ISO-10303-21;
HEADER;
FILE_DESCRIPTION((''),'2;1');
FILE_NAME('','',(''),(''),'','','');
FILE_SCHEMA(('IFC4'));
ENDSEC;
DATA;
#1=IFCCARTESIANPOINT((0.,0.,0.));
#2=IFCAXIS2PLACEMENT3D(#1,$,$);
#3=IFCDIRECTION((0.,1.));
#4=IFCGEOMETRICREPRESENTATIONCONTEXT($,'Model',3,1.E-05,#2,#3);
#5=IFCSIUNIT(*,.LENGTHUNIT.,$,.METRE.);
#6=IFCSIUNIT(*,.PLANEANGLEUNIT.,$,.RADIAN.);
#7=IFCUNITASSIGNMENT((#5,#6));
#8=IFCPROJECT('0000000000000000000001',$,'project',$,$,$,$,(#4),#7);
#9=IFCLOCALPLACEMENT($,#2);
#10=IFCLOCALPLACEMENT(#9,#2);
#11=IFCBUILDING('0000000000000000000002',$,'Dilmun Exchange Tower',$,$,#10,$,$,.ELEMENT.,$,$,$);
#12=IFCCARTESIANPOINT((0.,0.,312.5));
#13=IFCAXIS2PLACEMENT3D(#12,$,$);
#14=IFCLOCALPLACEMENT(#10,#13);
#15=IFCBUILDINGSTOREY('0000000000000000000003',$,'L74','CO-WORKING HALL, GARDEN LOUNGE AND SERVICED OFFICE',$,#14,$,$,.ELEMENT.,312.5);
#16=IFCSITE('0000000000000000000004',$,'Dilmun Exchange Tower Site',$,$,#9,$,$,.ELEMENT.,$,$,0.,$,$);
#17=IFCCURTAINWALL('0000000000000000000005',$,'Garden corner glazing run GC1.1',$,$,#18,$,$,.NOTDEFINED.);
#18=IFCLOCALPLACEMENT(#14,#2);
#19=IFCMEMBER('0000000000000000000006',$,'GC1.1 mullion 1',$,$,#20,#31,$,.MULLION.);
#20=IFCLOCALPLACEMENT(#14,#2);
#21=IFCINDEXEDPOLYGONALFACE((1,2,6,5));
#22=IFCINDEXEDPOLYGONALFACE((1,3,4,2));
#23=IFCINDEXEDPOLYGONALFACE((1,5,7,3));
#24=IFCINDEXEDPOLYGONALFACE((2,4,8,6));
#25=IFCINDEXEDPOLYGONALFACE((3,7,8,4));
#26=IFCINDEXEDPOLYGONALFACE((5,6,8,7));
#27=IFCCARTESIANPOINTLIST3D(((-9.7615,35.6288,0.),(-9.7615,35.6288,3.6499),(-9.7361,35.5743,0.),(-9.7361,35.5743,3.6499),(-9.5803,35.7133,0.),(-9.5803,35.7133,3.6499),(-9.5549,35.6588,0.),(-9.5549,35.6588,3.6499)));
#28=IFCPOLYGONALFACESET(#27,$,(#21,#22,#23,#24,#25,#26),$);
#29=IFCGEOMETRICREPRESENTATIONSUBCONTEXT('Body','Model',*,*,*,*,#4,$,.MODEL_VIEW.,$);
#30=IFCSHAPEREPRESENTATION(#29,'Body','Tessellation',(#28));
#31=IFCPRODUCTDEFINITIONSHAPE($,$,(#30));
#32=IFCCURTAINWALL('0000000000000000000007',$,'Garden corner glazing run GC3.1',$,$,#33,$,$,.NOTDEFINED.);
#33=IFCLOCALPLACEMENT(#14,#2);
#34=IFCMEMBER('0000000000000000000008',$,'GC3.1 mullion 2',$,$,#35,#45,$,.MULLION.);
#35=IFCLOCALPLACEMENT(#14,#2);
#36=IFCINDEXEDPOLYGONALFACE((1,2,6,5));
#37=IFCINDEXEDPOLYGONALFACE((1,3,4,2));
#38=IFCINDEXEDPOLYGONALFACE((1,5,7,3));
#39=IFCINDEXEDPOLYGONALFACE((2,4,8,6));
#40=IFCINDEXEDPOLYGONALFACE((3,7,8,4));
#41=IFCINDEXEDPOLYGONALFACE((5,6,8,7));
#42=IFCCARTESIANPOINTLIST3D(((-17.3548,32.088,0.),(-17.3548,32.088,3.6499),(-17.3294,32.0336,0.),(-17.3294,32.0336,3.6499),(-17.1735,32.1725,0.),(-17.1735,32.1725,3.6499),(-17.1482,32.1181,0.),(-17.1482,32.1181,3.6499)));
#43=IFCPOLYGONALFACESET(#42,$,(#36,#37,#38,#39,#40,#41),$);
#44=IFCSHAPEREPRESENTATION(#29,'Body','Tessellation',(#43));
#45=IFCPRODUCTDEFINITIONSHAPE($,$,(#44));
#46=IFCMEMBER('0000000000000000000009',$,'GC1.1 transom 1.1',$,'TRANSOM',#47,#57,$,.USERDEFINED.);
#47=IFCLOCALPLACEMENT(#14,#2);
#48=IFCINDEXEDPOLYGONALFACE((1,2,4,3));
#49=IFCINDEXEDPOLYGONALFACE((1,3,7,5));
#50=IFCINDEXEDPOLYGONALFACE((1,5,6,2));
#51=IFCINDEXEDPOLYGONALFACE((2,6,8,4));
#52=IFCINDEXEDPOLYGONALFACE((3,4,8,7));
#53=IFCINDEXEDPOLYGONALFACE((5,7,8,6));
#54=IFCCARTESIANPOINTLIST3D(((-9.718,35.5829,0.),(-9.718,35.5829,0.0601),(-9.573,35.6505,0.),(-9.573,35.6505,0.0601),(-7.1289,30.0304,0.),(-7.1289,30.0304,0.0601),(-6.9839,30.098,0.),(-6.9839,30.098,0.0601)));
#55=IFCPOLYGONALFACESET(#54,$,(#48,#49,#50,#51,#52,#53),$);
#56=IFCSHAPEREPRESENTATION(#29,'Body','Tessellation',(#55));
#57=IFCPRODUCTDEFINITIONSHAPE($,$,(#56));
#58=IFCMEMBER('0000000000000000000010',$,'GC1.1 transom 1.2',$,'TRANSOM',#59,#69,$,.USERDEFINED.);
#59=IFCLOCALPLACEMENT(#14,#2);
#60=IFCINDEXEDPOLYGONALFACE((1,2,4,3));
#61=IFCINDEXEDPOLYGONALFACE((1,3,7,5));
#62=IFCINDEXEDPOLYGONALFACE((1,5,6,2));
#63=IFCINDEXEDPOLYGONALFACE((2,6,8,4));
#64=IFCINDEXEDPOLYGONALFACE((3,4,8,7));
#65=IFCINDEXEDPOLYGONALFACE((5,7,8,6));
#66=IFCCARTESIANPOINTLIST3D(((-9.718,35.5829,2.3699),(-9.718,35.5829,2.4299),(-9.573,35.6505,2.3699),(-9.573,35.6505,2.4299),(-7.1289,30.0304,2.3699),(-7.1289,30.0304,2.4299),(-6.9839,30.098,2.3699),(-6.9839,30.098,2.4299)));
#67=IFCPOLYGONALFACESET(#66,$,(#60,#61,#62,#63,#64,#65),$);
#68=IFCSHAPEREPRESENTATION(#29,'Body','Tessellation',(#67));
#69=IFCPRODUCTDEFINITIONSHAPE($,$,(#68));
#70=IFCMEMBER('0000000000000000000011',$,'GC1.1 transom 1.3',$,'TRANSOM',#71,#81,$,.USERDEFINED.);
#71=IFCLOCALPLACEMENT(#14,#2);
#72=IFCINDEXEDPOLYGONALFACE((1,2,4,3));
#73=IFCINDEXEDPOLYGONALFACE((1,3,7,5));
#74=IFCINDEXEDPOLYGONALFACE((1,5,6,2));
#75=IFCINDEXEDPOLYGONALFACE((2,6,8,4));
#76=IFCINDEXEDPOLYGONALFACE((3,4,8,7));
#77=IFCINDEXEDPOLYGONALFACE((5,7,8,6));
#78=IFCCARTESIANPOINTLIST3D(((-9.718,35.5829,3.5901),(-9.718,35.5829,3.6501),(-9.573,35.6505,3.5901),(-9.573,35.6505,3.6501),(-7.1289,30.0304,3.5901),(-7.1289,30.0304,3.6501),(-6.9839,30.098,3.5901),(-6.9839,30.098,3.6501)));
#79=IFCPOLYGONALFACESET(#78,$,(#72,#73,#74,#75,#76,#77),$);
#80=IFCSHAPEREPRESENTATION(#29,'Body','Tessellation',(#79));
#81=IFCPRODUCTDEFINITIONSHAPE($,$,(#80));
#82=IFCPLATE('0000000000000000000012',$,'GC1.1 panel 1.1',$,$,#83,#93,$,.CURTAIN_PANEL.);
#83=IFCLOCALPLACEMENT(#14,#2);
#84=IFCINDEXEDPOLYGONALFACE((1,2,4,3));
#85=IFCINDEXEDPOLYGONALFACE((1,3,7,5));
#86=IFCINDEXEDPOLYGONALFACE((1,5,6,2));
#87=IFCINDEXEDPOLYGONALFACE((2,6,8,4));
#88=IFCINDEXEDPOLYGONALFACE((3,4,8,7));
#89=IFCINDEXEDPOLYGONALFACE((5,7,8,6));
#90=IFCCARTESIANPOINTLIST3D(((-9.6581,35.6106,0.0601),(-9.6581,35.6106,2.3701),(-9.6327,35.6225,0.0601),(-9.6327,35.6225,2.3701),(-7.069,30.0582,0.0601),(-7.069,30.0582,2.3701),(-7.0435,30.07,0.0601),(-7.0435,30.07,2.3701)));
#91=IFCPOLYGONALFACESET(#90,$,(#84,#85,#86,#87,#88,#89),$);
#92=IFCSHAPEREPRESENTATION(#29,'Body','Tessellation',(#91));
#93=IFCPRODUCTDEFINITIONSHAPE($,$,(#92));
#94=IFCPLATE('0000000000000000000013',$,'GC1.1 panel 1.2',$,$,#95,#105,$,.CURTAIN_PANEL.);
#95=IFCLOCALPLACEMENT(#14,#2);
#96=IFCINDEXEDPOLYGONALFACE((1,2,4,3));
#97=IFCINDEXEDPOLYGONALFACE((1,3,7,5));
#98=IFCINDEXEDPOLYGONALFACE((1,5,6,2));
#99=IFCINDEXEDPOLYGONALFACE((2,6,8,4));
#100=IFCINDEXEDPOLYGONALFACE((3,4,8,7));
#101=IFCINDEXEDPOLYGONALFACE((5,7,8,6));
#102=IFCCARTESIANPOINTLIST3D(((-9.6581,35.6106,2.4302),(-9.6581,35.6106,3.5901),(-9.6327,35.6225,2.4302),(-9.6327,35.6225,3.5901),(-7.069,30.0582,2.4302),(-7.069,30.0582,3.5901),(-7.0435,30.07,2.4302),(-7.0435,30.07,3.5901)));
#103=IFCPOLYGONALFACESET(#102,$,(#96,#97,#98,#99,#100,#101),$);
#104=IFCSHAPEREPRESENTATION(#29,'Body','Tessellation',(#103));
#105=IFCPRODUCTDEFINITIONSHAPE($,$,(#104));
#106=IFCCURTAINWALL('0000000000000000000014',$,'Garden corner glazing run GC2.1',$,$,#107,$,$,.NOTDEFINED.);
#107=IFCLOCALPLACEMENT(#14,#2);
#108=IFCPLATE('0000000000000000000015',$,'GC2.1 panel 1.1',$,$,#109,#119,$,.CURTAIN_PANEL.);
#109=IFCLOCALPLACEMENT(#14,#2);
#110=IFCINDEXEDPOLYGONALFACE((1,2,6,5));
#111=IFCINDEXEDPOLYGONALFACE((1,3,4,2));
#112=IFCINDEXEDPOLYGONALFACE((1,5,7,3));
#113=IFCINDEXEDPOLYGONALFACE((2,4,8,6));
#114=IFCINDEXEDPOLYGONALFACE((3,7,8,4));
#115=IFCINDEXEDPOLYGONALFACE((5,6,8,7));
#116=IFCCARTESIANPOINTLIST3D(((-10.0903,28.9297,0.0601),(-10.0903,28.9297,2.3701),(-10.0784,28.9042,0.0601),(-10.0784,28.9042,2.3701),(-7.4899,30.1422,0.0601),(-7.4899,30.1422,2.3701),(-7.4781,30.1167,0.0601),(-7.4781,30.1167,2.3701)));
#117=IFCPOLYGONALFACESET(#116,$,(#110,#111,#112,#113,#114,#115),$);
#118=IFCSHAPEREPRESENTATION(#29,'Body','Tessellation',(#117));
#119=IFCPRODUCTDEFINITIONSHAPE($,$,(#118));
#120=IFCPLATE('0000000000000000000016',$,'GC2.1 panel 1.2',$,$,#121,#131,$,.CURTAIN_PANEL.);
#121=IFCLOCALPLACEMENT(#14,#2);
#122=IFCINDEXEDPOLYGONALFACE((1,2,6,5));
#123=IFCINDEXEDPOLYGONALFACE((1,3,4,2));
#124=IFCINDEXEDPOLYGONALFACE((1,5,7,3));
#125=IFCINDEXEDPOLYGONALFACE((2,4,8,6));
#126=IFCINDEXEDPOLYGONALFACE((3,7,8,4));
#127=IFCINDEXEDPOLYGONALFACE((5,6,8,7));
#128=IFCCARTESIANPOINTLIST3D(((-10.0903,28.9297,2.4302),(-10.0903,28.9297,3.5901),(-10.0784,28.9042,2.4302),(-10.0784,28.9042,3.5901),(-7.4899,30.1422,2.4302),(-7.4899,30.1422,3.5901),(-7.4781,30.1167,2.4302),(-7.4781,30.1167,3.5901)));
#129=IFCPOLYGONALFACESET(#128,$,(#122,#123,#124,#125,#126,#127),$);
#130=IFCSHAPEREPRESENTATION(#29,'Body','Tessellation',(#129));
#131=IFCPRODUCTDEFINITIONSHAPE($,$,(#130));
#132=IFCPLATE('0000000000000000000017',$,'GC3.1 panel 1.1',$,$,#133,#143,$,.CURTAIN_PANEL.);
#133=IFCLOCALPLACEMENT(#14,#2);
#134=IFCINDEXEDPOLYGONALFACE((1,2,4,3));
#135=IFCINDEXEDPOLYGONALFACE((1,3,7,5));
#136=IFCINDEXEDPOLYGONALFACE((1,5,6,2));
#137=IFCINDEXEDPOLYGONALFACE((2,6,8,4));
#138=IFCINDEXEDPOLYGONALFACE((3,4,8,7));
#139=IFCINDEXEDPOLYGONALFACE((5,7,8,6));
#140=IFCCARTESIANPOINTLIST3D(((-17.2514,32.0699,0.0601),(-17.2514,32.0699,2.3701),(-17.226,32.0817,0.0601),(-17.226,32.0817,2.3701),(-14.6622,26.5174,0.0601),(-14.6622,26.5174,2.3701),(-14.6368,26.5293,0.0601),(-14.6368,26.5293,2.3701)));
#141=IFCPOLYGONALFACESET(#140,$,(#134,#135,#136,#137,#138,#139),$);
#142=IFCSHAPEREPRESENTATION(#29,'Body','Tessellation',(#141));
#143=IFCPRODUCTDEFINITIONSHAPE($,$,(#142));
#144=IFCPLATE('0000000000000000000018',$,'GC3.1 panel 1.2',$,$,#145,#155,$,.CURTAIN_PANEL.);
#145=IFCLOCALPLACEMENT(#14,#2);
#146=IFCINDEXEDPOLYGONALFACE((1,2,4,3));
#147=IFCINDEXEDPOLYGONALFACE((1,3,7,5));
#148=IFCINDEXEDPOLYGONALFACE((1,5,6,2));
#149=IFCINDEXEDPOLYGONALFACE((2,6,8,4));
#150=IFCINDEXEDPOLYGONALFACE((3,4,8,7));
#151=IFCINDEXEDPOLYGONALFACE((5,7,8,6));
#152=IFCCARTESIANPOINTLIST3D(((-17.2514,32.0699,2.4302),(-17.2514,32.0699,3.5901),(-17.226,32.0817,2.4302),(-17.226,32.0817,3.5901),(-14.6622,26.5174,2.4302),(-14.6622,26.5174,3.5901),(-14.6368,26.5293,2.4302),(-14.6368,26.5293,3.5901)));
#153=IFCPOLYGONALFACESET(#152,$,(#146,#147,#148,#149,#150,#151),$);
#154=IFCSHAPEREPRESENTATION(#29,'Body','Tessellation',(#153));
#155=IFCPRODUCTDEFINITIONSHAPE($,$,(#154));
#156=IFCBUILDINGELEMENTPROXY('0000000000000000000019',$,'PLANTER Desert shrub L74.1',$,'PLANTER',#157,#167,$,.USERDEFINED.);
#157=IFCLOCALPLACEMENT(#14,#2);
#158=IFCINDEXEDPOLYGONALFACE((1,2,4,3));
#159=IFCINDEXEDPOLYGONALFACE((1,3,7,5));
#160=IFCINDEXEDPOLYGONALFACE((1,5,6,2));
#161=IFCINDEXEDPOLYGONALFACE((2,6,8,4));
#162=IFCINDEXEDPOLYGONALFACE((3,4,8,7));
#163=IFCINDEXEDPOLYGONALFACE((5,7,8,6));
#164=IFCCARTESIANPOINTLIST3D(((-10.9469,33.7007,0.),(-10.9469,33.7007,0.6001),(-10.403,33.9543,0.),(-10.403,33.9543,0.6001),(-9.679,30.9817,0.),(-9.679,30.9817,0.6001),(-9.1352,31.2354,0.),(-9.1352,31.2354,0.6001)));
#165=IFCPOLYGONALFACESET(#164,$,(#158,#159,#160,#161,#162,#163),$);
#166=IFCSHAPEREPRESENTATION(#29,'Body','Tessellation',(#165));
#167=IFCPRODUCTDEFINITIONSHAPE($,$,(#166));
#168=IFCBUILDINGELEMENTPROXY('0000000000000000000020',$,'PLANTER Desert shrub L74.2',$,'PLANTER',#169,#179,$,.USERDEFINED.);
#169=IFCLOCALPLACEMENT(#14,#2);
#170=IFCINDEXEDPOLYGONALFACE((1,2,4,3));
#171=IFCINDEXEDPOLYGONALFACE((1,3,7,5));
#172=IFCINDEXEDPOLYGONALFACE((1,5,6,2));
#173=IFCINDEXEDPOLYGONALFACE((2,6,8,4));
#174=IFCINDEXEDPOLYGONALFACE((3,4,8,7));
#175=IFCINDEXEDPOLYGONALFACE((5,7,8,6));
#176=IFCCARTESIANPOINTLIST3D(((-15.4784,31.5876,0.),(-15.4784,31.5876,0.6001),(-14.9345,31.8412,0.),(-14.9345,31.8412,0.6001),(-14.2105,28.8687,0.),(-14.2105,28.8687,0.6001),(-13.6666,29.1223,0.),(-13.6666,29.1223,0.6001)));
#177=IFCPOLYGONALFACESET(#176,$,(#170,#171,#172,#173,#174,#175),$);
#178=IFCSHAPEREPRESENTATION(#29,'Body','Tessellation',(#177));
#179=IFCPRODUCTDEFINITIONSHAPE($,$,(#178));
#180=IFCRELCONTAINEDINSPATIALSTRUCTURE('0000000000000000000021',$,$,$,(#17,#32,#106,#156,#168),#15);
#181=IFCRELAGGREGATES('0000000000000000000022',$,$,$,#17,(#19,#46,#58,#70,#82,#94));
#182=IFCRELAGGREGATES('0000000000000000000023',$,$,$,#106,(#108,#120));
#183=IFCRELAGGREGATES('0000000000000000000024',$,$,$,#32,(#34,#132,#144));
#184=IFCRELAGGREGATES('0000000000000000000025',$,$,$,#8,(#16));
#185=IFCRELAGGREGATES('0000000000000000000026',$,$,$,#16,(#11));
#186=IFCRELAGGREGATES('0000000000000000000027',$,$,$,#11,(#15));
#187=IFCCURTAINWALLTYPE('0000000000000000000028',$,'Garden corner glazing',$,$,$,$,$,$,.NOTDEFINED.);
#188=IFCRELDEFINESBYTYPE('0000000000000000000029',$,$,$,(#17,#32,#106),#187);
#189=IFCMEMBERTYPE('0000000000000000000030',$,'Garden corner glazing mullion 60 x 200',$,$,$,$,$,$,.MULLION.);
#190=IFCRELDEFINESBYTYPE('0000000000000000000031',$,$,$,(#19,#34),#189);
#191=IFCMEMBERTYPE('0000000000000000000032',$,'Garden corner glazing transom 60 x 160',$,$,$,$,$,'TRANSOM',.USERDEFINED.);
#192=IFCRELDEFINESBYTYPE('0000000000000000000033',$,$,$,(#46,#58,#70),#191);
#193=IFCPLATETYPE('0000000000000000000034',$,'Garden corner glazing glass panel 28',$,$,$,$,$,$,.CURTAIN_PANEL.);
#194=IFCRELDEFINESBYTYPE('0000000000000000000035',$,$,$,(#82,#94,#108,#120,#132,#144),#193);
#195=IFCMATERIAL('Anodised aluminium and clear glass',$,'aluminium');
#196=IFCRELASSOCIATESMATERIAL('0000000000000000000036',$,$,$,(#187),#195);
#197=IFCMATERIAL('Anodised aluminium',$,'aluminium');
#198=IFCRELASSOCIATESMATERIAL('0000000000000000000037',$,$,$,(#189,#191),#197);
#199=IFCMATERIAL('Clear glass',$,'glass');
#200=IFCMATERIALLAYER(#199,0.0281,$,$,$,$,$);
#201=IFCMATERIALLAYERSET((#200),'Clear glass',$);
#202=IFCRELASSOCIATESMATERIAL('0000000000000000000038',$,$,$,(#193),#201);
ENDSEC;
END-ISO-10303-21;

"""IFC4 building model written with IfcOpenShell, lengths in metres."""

from ifc_helpers import new_model, si_unit, direction, frame, origin, origin_2d, place, context, subcontext, project, spatial, rectangle, extrude, material, layer, layer_set, material_profile, profile_set, type_object, element, aggregate, save


model = new_model("IFC4")

# Units and contexts
model_context = context("Model", 3, precision=1e-05, world=origin(), true_north=direction((0.0, 1.0)))
body_context = subcontext(model_context, "Body", "Model", "MODEL_VIEW")
ifc_project = project(units=[si_unit("LENGTHUNIT", "METRE"), si_unit("PLANEANGLEUNIT", "RADIAN")], contexts=[model_context])

# Site, building, storey
site_placement = place(None, origin())
site = spatial("IfcSite", under=ifc_project, at=site_placement, Name="Dilmun Exchange Tower Site", CompositionType="ELEMENT", RefElevation=0.0)
building_placement = place(site_placement, origin())
building = spatial("IfcBuilding", under=site, at=building_placement, Name="Dilmun Exchange Tower", CompositionType="ELEMENT")
storey_placement = place(building_placement, frame((0.0, 0.0, 312.5)))
storey = spatial("IfcBuildingStorey", under=building, at=storey_placement, Name="L74", Description="CO-WORKING HALL, GARDEN LOUNGE AND SERVICED OFFICE", CompositionType="ELEMENT", Elevation=312.5)

# Curtain walls, members
ifc_material_1 = material(Name="Anodised aluminium and clear glass", Category="aluminium")
curtain_wall_type = type_object("IfcCurtainWallType", Name="Garden corner glazing", PredefinedType="NOTDEFINED", material=ifc_material_1)
curtain_wall_1_placement = place(storey_placement, origin())
curtain_wall_1 = element("IfcCurtainWall", 1, at=curtain_wall_1_placement, inside=storey, type_object=curtain_wall_type, Name="Garden corner glazing run GC1.1", PredefinedType="NOTDEFINED")
ifc_material_2 = material(Name="Anodised aluminium", Category="aluminium")
ifc_material_profile_1 = material_profile(ifc_material_2, rectangle(XDim=0.2, YDim=0.0601, at=origin_2d()), Name="AL 60x200")
ifc_profile_set_1 = profile_set([ifc_material_profile_1], Name="Anodised aluminium")
member_type_1 = type_object("IfcMemberType", Name="Garden corner glazing mullion 60 x 200", PredefinedType="MULLION", material=ifc_profile_set_1)
member_1_placement = place(storey_placement, frame((-9.6582, 35.6438, 0.0), z_axis=(0.0, 0.0, 1.0), x_axis=(0.906305, 0.422623, 0.0)))
member_1 = element("IfcMember", 2, at=member_1_placement, type_object=member_type_1, Name="GC1.1 mullion 1", PredefinedType="MULLION", context=body_context, shape_type="SweptSolid", body=[
    extrude(rectangle(XDim=0.2, YDim=0.0601, at=origin_2d()), origin(), (0.0, 0.0, 1.0), 3.6499),
])
curtain_wall_2_placement = place(storey_placement, origin())
curtain_wall_2 = element("IfcCurtainWall", 3, at=curtain_wall_2_placement, inside=storey, type_object=curtain_wall_type, Name="Garden corner glazing run GC3.1", PredefinedType="NOTDEFINED")
member_2_placement = place(storey_placement, frame((-17.2515, 32.103, 0.0), z_axis=(0.0, 0.0, 1.0), x_axis=(-0.906305, -0.422623, 0.0)))
member_2 = element("IfcMember", 4, at=member_2_placement, type_object=member_type_1, Name="GC3.1 mullion 2", PredefinedType="MULLION", context=body_context, shape_type="SweptSolid", body=[
    extrude(rectangle(XDim=0.2, YDim=0.0601, at=origin_2d()), origin(), (0.0, 0.0, 1.0), 3.6499),
])

# Members
ifc_material_profile_2 = material_profile(ifc_material_2, rectangle(XDim=0.1599, YDim=0.0601, at=origin_2d()), Name="AL 60x160")
ifc_profile_set_2 = profile_set([ifc_material_profile_2], Name="Anodised aluminium")
member_type_2 = type_object("IfcMemberType", Name="Garden corner glazing transom 60 x 160", ElementType="TRANSOM", PredefinedType="USERDEFINED", material=ifc_profile_set_2)
member_3_placement = place(storey_placement, frame((-9.6455, 35.6167, 0.03), z_axis=(0.422611, -0.906311, 0.0), x_axis=(0.906311, 0.422611, 0.0)))
member_3 = element("IfcMember", 5, at=member_3_placement, type_object=member_type_2, Name="GC1.1 transom 1.1", ObjectType="TRANSOM", PredefinedType="USERDEFINED", context=body_context, shape_type="SweptSolid", body=[
    extrude(rectangle(XDim=0.1599, YDim=0.0601, at=origin_2d()), origin(), (0.0, 0.0, 1.0), 6.1265),
])
member_4_placement = place(storey_placement, frame((-9.6455, 35.6167, 2.3999), z_axis=(0.422611, -0.906311, 0.0), x_axis=(0.906311, 0.422611, 0.0)))
member_4 = element("IfcMember", 6, at=member_4_placement, type_object=member_type_2, Name="GC1.1 transom 1.2", ObjectType="TRANSOM", PredefinedType="USERDEFINED", context=body_context, shape_type="SweptSolid", body=[
    extrude(rectangle(XDim=0.1599, YDim=0.0601, at=origin_2d()), origin(), (0.0, 0.0, 1.0), 6.1265),
])
member_5_placement = place(storey_placement, frame((-9.6455, 35.6167, 3.6201), z_axis=(0.422611, -0.906311, 0.0), x_axis=(0.906311, 0.422611, 0.0)))
member_5 = element("IfcMember", 7, at=member_5_placement, type_object=member_type_2, Name="GC1.1 transom 1.3", ObjectType="TRANSOM", PredefinedType="USERDEFINED", context=body_context, shape_type="SweptSolid", body=[
    extrude(rectangle(XDim=0.1599, YDim=0.0601, at=origin_2d()), origin(), (0.0, 0.0, 1.0), 6.1265),
])

# Plates
ifc_material_3 = material(Name="Clear glass", Category="glass")
ifc_layer_1 = layer(ifc_material_3, 0.0281)
ifc_layer_set_1 = layer_set([ifc_layer_1], Name="Clear glass")
plate_type = type_object("IfcPlateType", Name="Garden corner glazing glass panel 28", PredefinedType="CURTAIN_PANEL", material=ifc_layer_set_1)
plate_1_placement = place(storey_placement, frame((-8.3508, 32.8403, 0.0601), z_axis=(0.0, 0.0, 1.0), x_axis=(0.422623, -0.906305, 0.0)))
plate_1 = element("IfcPlate", 8, at=plate_1_placement, type_object=plate_type, Name="GC1.1 panel 1.1", PredefinedType="CURTAIN_PANEL", context=body_context, shape_type="SweptSolid", body=[
    extrude(rectangle(XDim=6.1265, YDim=0.0281, at=origin_2d()), origin(), (0.0, 0.0, 1.0), 2.3101),
])
plate_2_placement = place(storey_placement, frame((-8.3508, 32.8403, 2.4302), z_axis=(0.0, 0.0, 1.0), x_axis=(0.422623, -0.906305, 0.0)))
plate_2 = element("IfcPlate", 9, at=plate_2_placement, type_object=plate_type, Name="GC1.1 panel 1.2", PredefinedType="CURTAIN_PANEL", context=body_context, shape_type="SweptSolid", body=[
    extrude(rectangle(XDim=6.1265, YDim=0.0281, at=origin_2d()), origin(), (0.0, 0.0, 1.0), 1.1599),
])
aggregate(curtain_wall_1, [member_1, member_3, member_4, member_5, plate_1, plate_2])

# Curtain wall, plates
curtain_wall_3_placement = place(storey_placement, origin())
curtain_wall_3 = element("IfcCurtainWall", 10, at=curtain_wall_3_placement, inside=storey, type_object=curtain_wall_type, Name="Garden corner glazing run GC2.1", PredefinedType="NOTDEFINED")
plate_3_placement = place(storey_placement, frame((-8.7842, 29.5232, 0.0601), z_axis=(0.0, 0.0, 1.0), x_axis=(-0.906311, -0.422611, 0.0)))
plate_3 = element("IfcPlate", 11, at=plate_3_placement, type_object=plate_type, Name="GC2.1 panel 1.1", PredefinedType="CURTAIN_PANEL", context=body_context, shape_type="SweptSolid", body=[
    extrude(rectangle(XDim=2.8691, YDim=0.0281, at=origin_2d()), origin(), (0.0, 0.0, 1.0), 2.3101),
])
plate_4_placement = place(storey_placement, frame((-8.7842, 29.5232, 2.4302), z_axis=(0.0, 0.0, 1.0), x_axis=(-0.906311, -0.422611, 0.0)))
plate_4 = element("IfcPlate", 12, at=plate_4_placement, type_object=plate_type, Name="GC2.1 panel 1.2", PredefinedType="CURTAIN_PANEL", context=body_context, shape_type="SweptSolid", body=[
    extrude(rectangle(XDim=2.8691, YDim=0.0281, at=origin_2d()), origin(), (0.0, 0.0, 1.0), 1.1599),
])
aggregate(curtain_wall_3, [plate_3, plate_4])

# Plates
plate_5_placement = place(storey_placement, frame((-15.9441, 29.2996, 0.0601), z_axis=(0.0, 0.0, 1.0), x_axis=(-0.422623, 0.906305, 0.0)))
plate_5 = element("IfcPlate", 13, at=plate_5_placement, type_object=plate_type, Name="GC3.1 panel 1.1", PredefinedType="CURTAIN_PANEL", context=body_context, shape_type="SweptSolid", body=[
    extrude(rectangle(XDim=6.1265, YDim=0.0281, at=origin_2d()), origin(), (0.0, 0.0, 1.0), 2.3101),
])
plate_6_placement = place(storey_placement, frame((-15.9441, 29.2996, 2.4302), z_axis=(0.0, 0.0, 1.0), x_axis=(-0.422623, 0.906305, 0.0)))
plate_6 = element("IfcPlate", 14, at=plate_6_placement, type_object=plate_type, Name="GC3.1 panel 1.2", PredefinedType="CURTAIN_PANEL", context=body_context, shape_type="SweptSolid", body=[
    extrude(rectangle(XDim=6.1265, YDim=0.0281, at=origin_2d()), origin(), (0.0, 0.0, 1.0), 1.1599),
])
aggregate(curtain_wall_2, [member_2, plate_5, plate_6])

# Building element proxies
for number, where, z_axis, x_axis, name in (
    (15, (-10.041, 32.468, 0.0), (0.0, 0.0, 1.0), (-0.422618, 0.906308, 0.0), "PLANTER Desert shrub L74.1"),
    (16, (-14.5725, 30.355, 0.0), (0.0, 0.0, 1.0), (-0.422618, 0.906308, 0.0), "PLANTER Desert shrub L74.2"),
):
    element("IfcBuildingElementProxy", number, at=place(storey_placement, frame(where, z_axis=z_axis, x_axis=x_axis)), inside=storey, Name=name, ObjectType="PLANTER", PredefinedType="USERDEFINED", context=body_context, shape_type="SweptSolid", body=[
        extrude(rectangle(XDim=3.0, YDim=0.6001, at=origin_2d()), origin(), (0.0, 0.0, 1.0), 0.6001),
    ])

save(model, "model.ifc")
